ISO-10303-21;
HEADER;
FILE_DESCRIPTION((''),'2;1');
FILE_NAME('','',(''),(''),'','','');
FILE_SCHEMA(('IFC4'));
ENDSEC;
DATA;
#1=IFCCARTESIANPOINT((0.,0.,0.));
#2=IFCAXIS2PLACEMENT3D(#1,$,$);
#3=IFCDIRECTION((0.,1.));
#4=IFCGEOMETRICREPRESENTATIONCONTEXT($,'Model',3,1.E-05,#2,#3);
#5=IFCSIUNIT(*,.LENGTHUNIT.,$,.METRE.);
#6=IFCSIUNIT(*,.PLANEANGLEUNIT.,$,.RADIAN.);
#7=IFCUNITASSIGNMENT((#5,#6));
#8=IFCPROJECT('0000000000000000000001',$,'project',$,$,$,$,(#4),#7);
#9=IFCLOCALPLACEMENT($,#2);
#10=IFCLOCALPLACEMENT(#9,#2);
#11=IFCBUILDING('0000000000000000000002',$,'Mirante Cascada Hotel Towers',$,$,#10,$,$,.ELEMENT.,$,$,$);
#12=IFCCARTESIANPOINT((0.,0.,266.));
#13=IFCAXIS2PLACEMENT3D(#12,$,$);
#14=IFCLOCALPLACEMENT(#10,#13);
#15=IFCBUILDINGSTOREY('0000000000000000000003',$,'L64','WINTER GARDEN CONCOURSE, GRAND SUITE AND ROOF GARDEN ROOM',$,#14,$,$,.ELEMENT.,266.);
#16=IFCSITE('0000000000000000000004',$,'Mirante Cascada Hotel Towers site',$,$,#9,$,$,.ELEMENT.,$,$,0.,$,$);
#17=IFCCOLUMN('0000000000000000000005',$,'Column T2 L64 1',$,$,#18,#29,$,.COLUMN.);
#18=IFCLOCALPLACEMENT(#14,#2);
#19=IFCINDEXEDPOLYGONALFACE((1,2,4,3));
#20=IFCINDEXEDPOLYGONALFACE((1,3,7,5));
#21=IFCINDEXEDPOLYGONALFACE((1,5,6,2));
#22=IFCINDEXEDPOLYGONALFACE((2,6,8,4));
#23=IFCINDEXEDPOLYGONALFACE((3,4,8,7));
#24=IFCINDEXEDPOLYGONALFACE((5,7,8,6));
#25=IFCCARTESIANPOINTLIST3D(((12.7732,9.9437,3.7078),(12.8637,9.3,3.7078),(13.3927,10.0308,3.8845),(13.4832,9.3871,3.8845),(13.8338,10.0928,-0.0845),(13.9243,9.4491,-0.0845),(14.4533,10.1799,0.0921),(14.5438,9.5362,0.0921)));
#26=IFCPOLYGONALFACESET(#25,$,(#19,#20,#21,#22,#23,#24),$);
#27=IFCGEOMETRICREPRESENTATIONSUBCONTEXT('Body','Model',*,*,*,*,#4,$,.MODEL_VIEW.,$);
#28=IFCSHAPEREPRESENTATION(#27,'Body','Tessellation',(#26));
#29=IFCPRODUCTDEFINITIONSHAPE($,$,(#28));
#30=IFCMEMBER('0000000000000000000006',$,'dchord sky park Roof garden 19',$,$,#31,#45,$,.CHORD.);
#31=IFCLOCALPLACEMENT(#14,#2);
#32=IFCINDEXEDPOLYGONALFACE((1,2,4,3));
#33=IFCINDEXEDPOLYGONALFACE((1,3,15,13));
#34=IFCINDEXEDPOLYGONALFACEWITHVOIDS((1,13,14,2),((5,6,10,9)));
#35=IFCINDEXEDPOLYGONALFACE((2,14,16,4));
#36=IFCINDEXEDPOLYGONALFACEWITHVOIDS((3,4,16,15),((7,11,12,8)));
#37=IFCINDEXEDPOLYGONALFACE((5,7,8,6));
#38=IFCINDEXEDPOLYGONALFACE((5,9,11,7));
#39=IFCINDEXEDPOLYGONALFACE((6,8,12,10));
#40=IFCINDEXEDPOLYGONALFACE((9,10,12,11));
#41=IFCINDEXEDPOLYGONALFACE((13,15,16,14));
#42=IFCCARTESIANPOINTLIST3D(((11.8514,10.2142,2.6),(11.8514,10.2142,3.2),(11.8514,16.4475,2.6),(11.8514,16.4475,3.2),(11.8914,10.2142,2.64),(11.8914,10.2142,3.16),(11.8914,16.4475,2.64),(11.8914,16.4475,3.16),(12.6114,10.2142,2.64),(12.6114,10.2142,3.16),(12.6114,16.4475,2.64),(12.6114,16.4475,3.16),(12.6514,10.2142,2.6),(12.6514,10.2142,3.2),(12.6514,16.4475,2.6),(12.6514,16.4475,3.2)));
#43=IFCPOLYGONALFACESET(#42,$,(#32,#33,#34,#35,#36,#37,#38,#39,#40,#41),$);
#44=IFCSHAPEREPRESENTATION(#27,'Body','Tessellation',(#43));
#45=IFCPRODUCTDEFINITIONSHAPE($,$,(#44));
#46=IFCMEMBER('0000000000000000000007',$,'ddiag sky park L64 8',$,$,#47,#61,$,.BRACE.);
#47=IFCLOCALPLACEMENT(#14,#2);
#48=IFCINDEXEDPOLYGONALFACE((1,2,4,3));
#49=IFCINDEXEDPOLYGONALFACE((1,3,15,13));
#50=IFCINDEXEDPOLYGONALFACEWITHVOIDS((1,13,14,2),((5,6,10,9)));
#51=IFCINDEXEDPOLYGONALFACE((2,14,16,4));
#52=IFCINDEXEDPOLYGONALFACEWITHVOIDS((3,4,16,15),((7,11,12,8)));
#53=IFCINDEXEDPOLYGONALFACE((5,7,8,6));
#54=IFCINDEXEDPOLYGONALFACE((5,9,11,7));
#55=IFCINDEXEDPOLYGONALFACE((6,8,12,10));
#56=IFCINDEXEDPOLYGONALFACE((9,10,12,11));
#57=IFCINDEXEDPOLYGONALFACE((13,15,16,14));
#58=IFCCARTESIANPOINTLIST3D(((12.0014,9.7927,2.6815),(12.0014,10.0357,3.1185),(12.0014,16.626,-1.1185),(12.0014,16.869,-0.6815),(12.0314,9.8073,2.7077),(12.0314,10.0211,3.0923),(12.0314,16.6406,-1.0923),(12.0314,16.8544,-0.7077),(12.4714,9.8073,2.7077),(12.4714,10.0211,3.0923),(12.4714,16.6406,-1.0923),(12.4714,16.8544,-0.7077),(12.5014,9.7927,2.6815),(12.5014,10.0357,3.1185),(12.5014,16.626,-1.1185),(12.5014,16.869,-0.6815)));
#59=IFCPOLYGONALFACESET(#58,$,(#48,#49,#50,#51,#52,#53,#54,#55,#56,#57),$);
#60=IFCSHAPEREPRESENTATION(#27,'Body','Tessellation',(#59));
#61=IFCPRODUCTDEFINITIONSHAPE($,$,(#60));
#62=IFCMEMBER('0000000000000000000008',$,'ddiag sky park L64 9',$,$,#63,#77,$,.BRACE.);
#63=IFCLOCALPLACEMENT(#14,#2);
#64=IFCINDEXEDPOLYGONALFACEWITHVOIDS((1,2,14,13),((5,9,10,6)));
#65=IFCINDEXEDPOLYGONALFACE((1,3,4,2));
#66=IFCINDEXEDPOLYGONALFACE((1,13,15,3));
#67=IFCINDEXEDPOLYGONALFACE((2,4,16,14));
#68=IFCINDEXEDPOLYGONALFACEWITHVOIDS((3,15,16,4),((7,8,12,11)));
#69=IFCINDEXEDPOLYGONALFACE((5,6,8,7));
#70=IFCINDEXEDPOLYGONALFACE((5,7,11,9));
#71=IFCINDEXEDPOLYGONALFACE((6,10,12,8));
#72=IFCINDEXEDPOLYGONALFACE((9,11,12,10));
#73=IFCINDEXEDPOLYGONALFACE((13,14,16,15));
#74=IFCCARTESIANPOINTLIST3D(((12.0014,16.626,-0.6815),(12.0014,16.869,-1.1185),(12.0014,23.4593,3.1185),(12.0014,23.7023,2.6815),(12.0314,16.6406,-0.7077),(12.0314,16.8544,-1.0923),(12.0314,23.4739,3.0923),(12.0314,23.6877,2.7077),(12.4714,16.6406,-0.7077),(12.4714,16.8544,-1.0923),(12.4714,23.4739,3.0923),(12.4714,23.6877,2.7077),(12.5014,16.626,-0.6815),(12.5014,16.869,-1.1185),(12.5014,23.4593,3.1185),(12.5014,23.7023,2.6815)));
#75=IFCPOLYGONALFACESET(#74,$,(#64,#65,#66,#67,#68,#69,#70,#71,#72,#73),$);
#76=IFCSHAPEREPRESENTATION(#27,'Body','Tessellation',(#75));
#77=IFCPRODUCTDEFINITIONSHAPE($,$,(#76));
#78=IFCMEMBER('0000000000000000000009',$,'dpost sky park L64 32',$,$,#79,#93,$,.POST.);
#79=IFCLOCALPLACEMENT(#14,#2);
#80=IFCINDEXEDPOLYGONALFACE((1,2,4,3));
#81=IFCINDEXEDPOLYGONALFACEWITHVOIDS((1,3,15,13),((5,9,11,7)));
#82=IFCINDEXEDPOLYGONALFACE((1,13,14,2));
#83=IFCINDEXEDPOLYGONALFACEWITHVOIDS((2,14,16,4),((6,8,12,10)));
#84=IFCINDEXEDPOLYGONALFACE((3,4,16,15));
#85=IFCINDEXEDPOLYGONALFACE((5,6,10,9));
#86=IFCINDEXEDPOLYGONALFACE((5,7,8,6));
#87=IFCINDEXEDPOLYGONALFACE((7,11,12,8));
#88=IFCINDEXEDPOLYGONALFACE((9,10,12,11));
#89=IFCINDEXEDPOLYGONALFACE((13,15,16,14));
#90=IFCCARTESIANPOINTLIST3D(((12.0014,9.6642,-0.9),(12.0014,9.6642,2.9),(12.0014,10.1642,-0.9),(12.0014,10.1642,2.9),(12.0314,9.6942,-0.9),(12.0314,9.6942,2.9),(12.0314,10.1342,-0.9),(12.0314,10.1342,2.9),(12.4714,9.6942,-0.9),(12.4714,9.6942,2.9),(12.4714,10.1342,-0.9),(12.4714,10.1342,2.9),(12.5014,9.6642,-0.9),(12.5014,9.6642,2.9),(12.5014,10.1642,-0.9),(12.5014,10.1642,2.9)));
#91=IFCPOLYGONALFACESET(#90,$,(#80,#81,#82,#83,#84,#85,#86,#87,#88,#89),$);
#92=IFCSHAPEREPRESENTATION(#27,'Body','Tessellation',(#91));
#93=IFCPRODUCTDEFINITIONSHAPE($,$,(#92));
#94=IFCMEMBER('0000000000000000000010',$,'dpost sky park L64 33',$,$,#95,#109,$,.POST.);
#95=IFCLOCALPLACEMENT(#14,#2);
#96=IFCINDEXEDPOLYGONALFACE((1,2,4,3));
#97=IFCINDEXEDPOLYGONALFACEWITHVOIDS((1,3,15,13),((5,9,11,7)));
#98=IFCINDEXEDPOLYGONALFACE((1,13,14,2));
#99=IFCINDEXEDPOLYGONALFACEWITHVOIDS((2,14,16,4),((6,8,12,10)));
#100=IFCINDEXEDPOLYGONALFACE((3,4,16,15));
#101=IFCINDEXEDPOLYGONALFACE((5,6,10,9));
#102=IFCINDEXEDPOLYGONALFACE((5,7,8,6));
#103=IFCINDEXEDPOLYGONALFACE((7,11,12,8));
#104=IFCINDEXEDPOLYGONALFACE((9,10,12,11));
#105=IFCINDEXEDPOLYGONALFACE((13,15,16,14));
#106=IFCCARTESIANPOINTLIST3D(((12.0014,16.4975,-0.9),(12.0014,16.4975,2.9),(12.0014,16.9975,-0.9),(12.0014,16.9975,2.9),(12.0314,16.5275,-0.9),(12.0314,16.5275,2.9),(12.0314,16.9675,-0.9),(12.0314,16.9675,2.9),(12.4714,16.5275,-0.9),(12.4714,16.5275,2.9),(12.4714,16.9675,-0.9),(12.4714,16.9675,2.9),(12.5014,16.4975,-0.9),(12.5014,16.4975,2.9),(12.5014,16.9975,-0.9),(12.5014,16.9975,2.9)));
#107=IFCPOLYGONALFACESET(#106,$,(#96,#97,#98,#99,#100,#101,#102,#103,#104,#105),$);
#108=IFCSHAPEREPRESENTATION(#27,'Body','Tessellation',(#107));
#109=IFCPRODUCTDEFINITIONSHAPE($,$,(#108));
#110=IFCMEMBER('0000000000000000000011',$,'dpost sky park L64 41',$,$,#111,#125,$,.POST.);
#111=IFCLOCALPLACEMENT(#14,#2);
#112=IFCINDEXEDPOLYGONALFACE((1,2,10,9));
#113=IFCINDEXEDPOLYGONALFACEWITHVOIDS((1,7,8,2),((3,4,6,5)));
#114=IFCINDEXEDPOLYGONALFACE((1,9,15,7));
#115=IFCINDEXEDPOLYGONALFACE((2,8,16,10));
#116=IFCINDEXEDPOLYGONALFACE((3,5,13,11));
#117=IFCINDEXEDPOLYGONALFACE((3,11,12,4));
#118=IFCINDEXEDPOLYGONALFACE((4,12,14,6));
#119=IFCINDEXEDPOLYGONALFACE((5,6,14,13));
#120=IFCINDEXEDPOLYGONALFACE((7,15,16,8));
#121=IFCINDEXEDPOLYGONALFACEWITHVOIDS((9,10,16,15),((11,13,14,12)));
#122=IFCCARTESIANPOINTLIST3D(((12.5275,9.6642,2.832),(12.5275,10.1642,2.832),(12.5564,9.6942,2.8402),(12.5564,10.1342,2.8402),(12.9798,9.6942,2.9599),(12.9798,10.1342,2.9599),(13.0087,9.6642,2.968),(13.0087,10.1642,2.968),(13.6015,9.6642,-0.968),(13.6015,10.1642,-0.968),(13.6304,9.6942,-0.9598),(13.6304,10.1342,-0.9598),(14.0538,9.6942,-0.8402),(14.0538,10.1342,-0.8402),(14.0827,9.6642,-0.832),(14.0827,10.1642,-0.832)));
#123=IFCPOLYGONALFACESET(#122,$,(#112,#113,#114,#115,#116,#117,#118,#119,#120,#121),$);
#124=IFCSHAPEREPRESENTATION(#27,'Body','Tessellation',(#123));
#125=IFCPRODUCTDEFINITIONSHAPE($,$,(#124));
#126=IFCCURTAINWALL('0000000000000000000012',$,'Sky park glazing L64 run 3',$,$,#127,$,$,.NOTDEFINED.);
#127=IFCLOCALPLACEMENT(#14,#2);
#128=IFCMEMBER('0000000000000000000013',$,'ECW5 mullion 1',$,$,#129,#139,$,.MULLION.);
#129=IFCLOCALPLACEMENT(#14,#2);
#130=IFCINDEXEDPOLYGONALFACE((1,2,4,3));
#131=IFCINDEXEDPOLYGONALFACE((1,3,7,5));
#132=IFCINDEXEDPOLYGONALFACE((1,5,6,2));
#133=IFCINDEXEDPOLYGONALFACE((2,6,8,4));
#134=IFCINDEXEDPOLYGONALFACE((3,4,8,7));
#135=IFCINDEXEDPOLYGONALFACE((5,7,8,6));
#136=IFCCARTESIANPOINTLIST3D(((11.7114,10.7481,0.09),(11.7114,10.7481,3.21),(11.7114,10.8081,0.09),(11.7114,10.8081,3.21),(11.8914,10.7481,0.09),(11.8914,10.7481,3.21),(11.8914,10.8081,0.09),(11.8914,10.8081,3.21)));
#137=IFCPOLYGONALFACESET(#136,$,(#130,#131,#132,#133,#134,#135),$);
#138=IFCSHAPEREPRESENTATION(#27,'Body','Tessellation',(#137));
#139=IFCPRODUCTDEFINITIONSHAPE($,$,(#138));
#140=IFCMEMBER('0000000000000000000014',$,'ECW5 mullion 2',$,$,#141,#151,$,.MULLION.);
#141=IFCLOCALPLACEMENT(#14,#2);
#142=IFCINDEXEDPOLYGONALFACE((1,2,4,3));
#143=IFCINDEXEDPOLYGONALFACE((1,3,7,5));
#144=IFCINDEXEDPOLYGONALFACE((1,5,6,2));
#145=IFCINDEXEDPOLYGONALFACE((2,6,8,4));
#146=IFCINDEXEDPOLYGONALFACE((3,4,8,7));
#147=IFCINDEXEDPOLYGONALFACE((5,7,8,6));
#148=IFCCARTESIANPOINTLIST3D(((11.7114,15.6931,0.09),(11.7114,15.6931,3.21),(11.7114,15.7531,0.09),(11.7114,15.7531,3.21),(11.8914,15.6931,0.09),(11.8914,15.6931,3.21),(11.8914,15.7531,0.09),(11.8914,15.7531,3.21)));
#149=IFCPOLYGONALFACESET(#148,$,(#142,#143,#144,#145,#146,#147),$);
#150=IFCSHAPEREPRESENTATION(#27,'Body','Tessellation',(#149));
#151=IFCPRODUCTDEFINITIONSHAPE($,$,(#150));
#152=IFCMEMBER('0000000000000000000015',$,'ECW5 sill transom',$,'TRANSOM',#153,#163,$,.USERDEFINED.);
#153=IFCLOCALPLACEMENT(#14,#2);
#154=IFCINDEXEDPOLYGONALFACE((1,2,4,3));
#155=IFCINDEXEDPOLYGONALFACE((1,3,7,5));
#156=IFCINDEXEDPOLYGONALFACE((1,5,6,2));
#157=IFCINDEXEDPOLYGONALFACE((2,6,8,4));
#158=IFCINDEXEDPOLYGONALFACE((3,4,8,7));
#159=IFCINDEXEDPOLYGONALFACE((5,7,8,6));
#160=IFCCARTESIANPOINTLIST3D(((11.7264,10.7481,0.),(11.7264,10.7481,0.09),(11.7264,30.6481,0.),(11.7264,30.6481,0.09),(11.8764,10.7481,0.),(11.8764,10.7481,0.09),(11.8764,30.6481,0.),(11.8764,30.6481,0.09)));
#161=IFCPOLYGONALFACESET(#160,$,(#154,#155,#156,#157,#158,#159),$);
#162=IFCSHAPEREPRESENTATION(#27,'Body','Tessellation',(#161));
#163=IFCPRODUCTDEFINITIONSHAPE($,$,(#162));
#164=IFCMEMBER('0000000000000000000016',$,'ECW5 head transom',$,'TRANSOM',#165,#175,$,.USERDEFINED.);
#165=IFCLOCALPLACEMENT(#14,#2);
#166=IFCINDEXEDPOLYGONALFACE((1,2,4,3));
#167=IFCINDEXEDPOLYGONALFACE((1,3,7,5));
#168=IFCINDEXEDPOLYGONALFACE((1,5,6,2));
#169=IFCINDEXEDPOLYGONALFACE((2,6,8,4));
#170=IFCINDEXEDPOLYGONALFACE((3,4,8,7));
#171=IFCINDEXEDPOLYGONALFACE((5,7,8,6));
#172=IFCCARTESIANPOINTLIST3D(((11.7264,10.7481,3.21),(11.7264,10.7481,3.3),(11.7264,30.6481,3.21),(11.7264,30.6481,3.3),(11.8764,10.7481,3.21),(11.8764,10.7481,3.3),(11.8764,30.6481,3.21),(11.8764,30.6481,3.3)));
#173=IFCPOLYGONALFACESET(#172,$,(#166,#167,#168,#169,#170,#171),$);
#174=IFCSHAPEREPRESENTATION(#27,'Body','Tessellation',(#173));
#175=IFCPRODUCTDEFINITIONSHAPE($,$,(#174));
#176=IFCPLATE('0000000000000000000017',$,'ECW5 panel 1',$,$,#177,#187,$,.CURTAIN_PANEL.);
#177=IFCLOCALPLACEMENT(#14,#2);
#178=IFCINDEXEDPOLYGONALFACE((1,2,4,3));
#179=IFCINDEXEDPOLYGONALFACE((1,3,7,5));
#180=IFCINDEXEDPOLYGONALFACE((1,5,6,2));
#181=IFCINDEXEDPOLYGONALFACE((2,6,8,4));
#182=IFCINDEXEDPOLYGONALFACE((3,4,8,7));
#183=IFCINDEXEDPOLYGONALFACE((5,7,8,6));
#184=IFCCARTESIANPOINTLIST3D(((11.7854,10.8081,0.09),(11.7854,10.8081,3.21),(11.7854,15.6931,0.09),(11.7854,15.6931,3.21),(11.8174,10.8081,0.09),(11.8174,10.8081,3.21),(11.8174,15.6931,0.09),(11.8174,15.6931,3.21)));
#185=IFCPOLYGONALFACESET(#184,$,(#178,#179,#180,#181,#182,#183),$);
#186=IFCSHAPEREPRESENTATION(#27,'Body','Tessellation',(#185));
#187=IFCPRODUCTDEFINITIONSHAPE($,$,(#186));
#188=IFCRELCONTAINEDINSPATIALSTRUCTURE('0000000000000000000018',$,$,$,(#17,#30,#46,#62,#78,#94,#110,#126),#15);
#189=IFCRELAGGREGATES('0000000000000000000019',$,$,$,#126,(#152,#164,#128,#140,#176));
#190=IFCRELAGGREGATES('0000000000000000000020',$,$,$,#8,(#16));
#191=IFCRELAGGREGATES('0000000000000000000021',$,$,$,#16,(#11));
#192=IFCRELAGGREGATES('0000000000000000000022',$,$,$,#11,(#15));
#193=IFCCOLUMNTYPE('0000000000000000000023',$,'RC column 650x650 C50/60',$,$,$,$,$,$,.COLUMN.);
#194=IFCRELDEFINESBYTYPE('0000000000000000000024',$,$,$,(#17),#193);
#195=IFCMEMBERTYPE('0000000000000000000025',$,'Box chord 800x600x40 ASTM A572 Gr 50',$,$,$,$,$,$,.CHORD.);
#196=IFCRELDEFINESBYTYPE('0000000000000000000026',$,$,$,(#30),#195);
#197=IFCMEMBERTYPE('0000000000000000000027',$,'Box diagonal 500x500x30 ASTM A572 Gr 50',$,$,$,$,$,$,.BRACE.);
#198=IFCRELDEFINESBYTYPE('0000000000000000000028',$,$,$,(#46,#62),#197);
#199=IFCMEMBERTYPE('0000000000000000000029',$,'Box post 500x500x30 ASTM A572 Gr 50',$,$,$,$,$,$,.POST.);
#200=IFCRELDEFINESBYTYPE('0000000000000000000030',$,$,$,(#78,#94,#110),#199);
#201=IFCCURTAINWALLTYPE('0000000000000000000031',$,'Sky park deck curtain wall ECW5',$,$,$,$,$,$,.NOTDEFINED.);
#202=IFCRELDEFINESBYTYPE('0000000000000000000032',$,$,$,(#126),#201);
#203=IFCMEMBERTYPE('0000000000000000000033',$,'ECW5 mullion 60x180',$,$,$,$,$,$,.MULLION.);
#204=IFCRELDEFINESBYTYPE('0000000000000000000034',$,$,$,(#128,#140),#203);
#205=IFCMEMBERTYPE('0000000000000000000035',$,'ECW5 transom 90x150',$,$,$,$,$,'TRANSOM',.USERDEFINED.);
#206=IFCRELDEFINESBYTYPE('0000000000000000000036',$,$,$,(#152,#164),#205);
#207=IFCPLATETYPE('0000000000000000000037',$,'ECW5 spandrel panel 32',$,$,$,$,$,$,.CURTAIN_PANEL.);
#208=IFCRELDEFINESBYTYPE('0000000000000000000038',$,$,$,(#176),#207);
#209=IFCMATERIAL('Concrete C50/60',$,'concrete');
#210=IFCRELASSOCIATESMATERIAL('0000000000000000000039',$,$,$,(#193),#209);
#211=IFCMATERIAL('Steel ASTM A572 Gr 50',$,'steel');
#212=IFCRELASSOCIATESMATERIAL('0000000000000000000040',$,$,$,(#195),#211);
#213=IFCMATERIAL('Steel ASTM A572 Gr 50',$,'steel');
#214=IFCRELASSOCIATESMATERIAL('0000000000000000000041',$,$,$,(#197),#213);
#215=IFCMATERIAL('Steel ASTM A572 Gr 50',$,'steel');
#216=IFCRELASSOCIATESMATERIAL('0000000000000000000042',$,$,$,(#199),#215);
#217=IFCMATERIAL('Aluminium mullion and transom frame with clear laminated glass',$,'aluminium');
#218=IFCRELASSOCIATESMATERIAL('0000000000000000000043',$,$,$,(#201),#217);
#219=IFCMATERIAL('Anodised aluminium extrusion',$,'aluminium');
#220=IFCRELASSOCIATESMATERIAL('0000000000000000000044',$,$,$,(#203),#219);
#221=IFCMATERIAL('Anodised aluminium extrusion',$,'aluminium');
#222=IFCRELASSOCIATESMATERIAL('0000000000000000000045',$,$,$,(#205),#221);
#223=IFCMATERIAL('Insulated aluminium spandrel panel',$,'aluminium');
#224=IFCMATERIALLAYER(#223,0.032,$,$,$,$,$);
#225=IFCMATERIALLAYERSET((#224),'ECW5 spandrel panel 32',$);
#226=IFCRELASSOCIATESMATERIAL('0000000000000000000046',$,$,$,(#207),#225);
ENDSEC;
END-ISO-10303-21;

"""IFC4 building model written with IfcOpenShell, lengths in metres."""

from ifc_helpers import new_model, si_unit, direction, frame, origin, origin_2d, place, context, subcontext, project, spatial, rectangle, hollow_rectangle, extrude, material, layer, layer_set, material_profile, profile_set, type_object, element, aggregate, save


model = new_model("IFC4")

# Units and contexts
model_context = context("Model", 3, precision=1e-05, world=origin(), true_north=direction((0.0, 1.0)))
body_context = subcontext(model_context, "Body", "Model", "MODEL_VIEW")
ifc_project = project(units=[si_unit("LENGTHUNIT", "METRE"), si_unit("PLANEANGLEUNIT", "RADIAN")], contexts=[model_context])

# Site, building, storey
site_placement = place(None, origin())
site = spatial("IfcSite", under=ifc_project, at=site_placement, Name="Mirante Cascada Hotel Towers site", CompositionType="ELEMENT", RefElevation=0.0)
building_placement = place(site_placement, origin())
building = spatial("IfcBuilding", under=site, at=building_placement, Name="Mirante Cascada Hotel Towers", CompositionType="ELEMENT")
storey_placement = place(building_placement, frame((0.0, 0.0, 266.0)))
storey = spatial("IfcBuildingStorey", under=building, at=storey_placement, Name="L64", Description="WINTER GARDEN CONCOURSE, GRAND SUITE AND ROOF GARDEN ROOM", CompositionType="ELEMENT", Elevation=266.0)

# Column
ifc_material_1 = material(Name="Concrete C50/60", Category="concrete")
ifc_material_profile_1 = material_profile(ifc_material_1, rectangle(XDim=0.65, YDim=0.65, at=origin_2d()), Name="RC column 650x650 C50/60")
ifc_profile_set_1 = profile_set([ifc_material_profile_1], Name="Concrete C50/60")
column_type = type_object("IfcColumnType", Name="RC column 650x650 C50/60", PredefinedType="COLUMN", material=ifc_profile_set_1)
column_placement = place(storey_placement, frame((14.1888, 9.8145, 0.0038), z_axis=(-0.269137, -0.037836, 0.962358), x_axis=(0.139212, -0.990263, 0.0)))
element("IfcColumn", 1, at=column_placement, inside=storey, type_object=column_type, Name="Column T2 L64 1", PredefinedType="COLUMN", context=body_context, shape_type="SweptSolid", body=[
    extrude(rectangle(XDim=0.65, YDim=0.65, at=origin_2d()), origin(), (0.0, 0.0, 1.0), 3.9407),
])

# Members
ifc_material_2 = material(Name="Steel ASTM A572 Gr 50", Category="steel")
ifc_material_profile_2 = material_profile(ifc_material_2, hollow_rectangle(XDim=0.6, YDim=0.8, WallThickness=0.04, at=origin_2d()), Name="Box chord 800x600x40 ASTM A572 Gr 50")
ifc_profile_set_2 = profile_set([ifc_material_profile_2], Name="Steel ASTM A572 Gr 50")
member_type_1 = type_object("IfcMemberType", Name="Box chord 800x600x40 ASTM A572 Gr 50", PredefinedType="CHORD", material=ifc_profile_set_2)
member_1_placement = place(storey_placement, frame((12.2514, 10.2142, 2.9), z_axis=(0.0, 1.0, 0.0), x_axis=(0.0, 0.0, 1.0)))
element("IfcMember", 2, at=member_1_placement, inside=storey, type_object=member_type_1, Name="dchord sky park Roof garden 19", PredefinedType="CHORD", context=body_context, shape_type="SweptSolid", body=[
    extrude(hollow_rectangle(XDim=0.6, YDim=0.8, WallThickness=0.04, at=origin_2d()), origin(), (0.0, 0.0, 1.0), 6.2333),
])
ifc_material_3 = material(Name="Steel ASTM A572 Gr 50", Category="steel")
ifc_material_profile_3 = material_profile(ifc_material_3, hollow_rectangle(XDim=0.5, YDim=0.5, WallThickness=0.03, at=origin_2d()), Name="Box diagonal 500x500x30 ASTM A572 Gr 50")
ifc_profile_set_3 = profile_set([ifc_material_profile_3], Name="Steel ASTM A572 Gr 50")
member_type_2 = type_object("IfcMemberType", Name="Box diagonal 500x500x30 ASTM A572 Gr 50", PredefinedType="BRACE", material=ifc_profile_set_3)
for number, where, z_axis, x_axis, name in (
    (3, (12.2514, 16.7475, -0.9), (0.0, -0.873955, 0.486007), (1.0, 0.0, 0.0), "ddiag sky park L64 8"),
    (4, (12.2514, 16.7475, -0.9), (0.0, 0.873955, 0.486007), (-1.0, 0.0, 0.0), "ddiag sky park L64 9"),
):
    element("IfcMember", number, at=place(storey_placement, frame(where, z_axis=z_axis, x_axis=x_axis)), inside=storey, type_object=member_type_2, Name=name, PredefinedType="BRACE", context=body_context, shape_type="SweptSolid", body=[
        extrude(hollow_rectangle(XDim=0.5, YDim=0.5, WallThickness=0.03, at=origin_2d()), origin(), (0.0, 0.0, 1.0), 7.8188),
    ])
ifc_material_4 = material(Name="Steel ASTM A572 Gr 50", Category="steel")
ifc_material_profile_4 = material_profile(ifc_material_4, hollow_rectangle(XDim=0.5, YDim=0.5, WallThickness=0.03, at=origin_2d()), Name="Box post 500x500x30 ASTM A572 Gr 50")
ifc_profile_set_4 = profile_set([ifc_material_profile_4], Name="Steel ASTM A572 Gr 50")
member_type_3 = type_object("IfcMemberType", Name="Box post 500x500x30 ASTM A572 Gr 50", PredefinedType="POST", material=ifc_profile_set_4)
for number, where, z_axis, x_axis, name in (
    (5, (12.2514, 9.9142, -0.9), (0.0, 0.0, 1.0), (1.0, 0.0, 0.0), "dpost sky park L64 32"),
    (6, (12.2514, 16.7475, -0.9), (0.0, 0.0, 1.0), (1.0, 0.0, 0.0), "dpost sky park L64 33"),
):
    element("IfcMember", number, at=place(storey_placement, frame(where, z_axis=z_axis, x_axis=x_axis)), inside=storey, type_object=member_type_3, Name=name, PredefinedType="POST", context=body_context, shape_type="SweptSolid", body=[
        extrude(hollow_rectangle(XDim=0.5, YDim=0.5, WallThickness=0.03, at=origin_2d()), origin(), (0.0, 0.0, 1.0), 3.8),
    ])
member_2_placement = place(storey_placement, frame((13.8421, 9.9142, -0.9), z_axis=(-0.271977, 0.0, 0.962304), x_axis=(0.0, -1.0, 0.0)))
element("IfcMember", 7, at=member_2_placement, inside=storey, type_object=member_type_3, Name="dpost sky park L64 41", PredefinedType="POST", context=body_context, shape_type="SweptSolid", body=[
    extrude(hollow_rectangle(XDim=0.5, YDim=0.5, WallThickness=0.03, at=origin_2d()), origin(), (0.0, 0.0, 1.0), 3.9489),
])

# Curtain wall, members, plate
ifc_material_5 = material(Name="Aluminium mullion and transom frame with clear laminated glass", Category="aluminium")
curtain_wall_type = type_object("IfcCurtainWallType", Name="Sky park deck curtain wall ECW5", PredefinedType="NOTDEFINED", material=ifc_material_5)
curtain_wall_placement = place(storey_placement, origin())
curtain_wall = element("IfcCurtainWall", 8, at=curtain_wall_placement, inside=storey, type_object=curtain_wall_type, Name="Sky park glazing L64 run 3", PredefinedType="NOTDEFINED")
ifc_material_6 = material(Name="Anodised aluminium extrusion", Category="aluminium")
ifc_material_profile_5 = material_profile(ifc_material_6, rectangle(XDim=0.18, YDim=0.06, at=origin_2d()), Name="ECW5 MULLION 60x180")
ifc_profile_set_5 = profile_set([ifc_material_profile_5], Name="Anodised aluminium extrusion")
member_type_4 = type_object("IfcMemberType", Name="ECW5 mullion 60x180", PredefinedType="MULLION", material=ifc_profile_set_5)
member_3_placement = place(storey_placement, frame((11.8014, 10.7781, 0.09), z_axis=(0.0, 0.0, 1.0), x_axis=(-1.0, 0.0, 0.0)))
member_3 = element("IfcMember", 9, at=member_3_placement, type_object=member_type_4, Name="ECW5 mullion 1", PredefinedType="MULLION", context=body_context, shape_type="SweptSolid", body=[
    extrude(rectangle(XDim=0.18, YDim=0.06, at=origin_2d()), origin(), (0.0, 0.0, 1.0), 3.12),
])
member_4_placement = place(storey_placement, frame((11.8014, 15.7231, 0.09), z_axis=(0.0, 0.0, 1.0), x_axis=(-1.0, 0.0, 0.0)))
member_4 = element("IfcMember", 10, at=member_4_placement, type_object=member_type_4, Name="ECW5 mullion 2", PredefinedType="MULLION", context=body_context, shape_type="SweptSolid", body=[
    extrude(rectangle(XDim=0.18, YDim=0.06, at=origin_2d()), origin(), (0.0, 0.0, 1.0), 3.12),
])
ifc_material_7 = material(Name="Anodised aluminium extrusion", Category="aluminium")
ifc_material_profile_6 = material_profile(ifc_material_7, rectangle(XDim=0.15, YDim=0.09, at=origin_2d()), Name="ECW5 TRANSOM 90x150")
ifc_profile_set_6 = profile_set([ifc_material_profile_6], Name="Anodised aluminium extrusion")
member_type_5 = type_object("IfcMemberType", Name="ECW5 transom 90x150", ElementType="TRANSOM", PredefinedType="USERDEFINED", material=ifc_profile_set_6)
member_5_placement = place(storey_placement, frame((11.8014, 10.7481, 0.045), z_axis=(0.0, 1.0, 0.0), x_axis=(-1.0, 0.0, 0.0)))
member_5 = element("IfcMember", 11, at=member_5_placement, type_object=member_type_5, Name="ECW5 sill transom", ObjectType="TRANSOM", PredefinedType="USERDEFINED", context=body_context, shape_type="SweptSolid", body=[
    extrude(rectangle(XDim=0.15, YDim=0.09, at=origin_2d()), origin(), (0.0, 0.0, 1.0), 19.9),
])
member_6_placement = place(storey_placement, frame((11.8014, 10.7481, 3.255), z_axis=(0.0, 1.0, 0.0), x_axis=(-1.0, 0.0, 0.0)))
member_6 = element("IfcMember", 12, at=member_6_placement, type_object=member_type_5, Name="ECW5 head transom", ObjectType="TRANSOM", PredefinedType="USERDEFINED", context=body_context, shape_type="SweptSolid", body=[
    extrude(rectangle(XDim=0.15, YDim=0.09, at=origin_2d()), origin(), (0.0, 0.0, 1.0), 19.9),
])
ifc_material_8 = material(Name="Insulated aluminium spandrel panel", Category="aluminium")
ifc_layer_1 = layer(ifc_material_8, 0.032)
ifc_layer_set_1 = layer_set([ifc_layer_1], Name="ECW5 spandrel panel 32")
plate_type = type_object("IfcPlateType", Name="ECW5 spandrel panel 32", PredefinedType="CURTAIN_PANEL", material=ifc_layer_set_1)
plate_placement = place(storey_placement, frame((11.8014, 13.2506, 0.09), z_axis=(0.0, 0.0, 1.0), x_axis=(0.0, 1.0, 0.0)))
plate = element("IfcPlate", 13, at=plate_placement, type_object=plate_type, Name="ECW5 panel 1", PredefinedType="CURTAIN_PANEL", context=body_context, shape_type="SweptSolid", body=[
    extrude(rectangle(XDim=4.885, YDim=0.032, at=origin_2d()), origin(), (0.0, 0.0, 1.0), 3.12),
])
aggregate(curtain_wall, [member_5, member_6, member_3, member_4, plate])

save(model, "model.ifc")
